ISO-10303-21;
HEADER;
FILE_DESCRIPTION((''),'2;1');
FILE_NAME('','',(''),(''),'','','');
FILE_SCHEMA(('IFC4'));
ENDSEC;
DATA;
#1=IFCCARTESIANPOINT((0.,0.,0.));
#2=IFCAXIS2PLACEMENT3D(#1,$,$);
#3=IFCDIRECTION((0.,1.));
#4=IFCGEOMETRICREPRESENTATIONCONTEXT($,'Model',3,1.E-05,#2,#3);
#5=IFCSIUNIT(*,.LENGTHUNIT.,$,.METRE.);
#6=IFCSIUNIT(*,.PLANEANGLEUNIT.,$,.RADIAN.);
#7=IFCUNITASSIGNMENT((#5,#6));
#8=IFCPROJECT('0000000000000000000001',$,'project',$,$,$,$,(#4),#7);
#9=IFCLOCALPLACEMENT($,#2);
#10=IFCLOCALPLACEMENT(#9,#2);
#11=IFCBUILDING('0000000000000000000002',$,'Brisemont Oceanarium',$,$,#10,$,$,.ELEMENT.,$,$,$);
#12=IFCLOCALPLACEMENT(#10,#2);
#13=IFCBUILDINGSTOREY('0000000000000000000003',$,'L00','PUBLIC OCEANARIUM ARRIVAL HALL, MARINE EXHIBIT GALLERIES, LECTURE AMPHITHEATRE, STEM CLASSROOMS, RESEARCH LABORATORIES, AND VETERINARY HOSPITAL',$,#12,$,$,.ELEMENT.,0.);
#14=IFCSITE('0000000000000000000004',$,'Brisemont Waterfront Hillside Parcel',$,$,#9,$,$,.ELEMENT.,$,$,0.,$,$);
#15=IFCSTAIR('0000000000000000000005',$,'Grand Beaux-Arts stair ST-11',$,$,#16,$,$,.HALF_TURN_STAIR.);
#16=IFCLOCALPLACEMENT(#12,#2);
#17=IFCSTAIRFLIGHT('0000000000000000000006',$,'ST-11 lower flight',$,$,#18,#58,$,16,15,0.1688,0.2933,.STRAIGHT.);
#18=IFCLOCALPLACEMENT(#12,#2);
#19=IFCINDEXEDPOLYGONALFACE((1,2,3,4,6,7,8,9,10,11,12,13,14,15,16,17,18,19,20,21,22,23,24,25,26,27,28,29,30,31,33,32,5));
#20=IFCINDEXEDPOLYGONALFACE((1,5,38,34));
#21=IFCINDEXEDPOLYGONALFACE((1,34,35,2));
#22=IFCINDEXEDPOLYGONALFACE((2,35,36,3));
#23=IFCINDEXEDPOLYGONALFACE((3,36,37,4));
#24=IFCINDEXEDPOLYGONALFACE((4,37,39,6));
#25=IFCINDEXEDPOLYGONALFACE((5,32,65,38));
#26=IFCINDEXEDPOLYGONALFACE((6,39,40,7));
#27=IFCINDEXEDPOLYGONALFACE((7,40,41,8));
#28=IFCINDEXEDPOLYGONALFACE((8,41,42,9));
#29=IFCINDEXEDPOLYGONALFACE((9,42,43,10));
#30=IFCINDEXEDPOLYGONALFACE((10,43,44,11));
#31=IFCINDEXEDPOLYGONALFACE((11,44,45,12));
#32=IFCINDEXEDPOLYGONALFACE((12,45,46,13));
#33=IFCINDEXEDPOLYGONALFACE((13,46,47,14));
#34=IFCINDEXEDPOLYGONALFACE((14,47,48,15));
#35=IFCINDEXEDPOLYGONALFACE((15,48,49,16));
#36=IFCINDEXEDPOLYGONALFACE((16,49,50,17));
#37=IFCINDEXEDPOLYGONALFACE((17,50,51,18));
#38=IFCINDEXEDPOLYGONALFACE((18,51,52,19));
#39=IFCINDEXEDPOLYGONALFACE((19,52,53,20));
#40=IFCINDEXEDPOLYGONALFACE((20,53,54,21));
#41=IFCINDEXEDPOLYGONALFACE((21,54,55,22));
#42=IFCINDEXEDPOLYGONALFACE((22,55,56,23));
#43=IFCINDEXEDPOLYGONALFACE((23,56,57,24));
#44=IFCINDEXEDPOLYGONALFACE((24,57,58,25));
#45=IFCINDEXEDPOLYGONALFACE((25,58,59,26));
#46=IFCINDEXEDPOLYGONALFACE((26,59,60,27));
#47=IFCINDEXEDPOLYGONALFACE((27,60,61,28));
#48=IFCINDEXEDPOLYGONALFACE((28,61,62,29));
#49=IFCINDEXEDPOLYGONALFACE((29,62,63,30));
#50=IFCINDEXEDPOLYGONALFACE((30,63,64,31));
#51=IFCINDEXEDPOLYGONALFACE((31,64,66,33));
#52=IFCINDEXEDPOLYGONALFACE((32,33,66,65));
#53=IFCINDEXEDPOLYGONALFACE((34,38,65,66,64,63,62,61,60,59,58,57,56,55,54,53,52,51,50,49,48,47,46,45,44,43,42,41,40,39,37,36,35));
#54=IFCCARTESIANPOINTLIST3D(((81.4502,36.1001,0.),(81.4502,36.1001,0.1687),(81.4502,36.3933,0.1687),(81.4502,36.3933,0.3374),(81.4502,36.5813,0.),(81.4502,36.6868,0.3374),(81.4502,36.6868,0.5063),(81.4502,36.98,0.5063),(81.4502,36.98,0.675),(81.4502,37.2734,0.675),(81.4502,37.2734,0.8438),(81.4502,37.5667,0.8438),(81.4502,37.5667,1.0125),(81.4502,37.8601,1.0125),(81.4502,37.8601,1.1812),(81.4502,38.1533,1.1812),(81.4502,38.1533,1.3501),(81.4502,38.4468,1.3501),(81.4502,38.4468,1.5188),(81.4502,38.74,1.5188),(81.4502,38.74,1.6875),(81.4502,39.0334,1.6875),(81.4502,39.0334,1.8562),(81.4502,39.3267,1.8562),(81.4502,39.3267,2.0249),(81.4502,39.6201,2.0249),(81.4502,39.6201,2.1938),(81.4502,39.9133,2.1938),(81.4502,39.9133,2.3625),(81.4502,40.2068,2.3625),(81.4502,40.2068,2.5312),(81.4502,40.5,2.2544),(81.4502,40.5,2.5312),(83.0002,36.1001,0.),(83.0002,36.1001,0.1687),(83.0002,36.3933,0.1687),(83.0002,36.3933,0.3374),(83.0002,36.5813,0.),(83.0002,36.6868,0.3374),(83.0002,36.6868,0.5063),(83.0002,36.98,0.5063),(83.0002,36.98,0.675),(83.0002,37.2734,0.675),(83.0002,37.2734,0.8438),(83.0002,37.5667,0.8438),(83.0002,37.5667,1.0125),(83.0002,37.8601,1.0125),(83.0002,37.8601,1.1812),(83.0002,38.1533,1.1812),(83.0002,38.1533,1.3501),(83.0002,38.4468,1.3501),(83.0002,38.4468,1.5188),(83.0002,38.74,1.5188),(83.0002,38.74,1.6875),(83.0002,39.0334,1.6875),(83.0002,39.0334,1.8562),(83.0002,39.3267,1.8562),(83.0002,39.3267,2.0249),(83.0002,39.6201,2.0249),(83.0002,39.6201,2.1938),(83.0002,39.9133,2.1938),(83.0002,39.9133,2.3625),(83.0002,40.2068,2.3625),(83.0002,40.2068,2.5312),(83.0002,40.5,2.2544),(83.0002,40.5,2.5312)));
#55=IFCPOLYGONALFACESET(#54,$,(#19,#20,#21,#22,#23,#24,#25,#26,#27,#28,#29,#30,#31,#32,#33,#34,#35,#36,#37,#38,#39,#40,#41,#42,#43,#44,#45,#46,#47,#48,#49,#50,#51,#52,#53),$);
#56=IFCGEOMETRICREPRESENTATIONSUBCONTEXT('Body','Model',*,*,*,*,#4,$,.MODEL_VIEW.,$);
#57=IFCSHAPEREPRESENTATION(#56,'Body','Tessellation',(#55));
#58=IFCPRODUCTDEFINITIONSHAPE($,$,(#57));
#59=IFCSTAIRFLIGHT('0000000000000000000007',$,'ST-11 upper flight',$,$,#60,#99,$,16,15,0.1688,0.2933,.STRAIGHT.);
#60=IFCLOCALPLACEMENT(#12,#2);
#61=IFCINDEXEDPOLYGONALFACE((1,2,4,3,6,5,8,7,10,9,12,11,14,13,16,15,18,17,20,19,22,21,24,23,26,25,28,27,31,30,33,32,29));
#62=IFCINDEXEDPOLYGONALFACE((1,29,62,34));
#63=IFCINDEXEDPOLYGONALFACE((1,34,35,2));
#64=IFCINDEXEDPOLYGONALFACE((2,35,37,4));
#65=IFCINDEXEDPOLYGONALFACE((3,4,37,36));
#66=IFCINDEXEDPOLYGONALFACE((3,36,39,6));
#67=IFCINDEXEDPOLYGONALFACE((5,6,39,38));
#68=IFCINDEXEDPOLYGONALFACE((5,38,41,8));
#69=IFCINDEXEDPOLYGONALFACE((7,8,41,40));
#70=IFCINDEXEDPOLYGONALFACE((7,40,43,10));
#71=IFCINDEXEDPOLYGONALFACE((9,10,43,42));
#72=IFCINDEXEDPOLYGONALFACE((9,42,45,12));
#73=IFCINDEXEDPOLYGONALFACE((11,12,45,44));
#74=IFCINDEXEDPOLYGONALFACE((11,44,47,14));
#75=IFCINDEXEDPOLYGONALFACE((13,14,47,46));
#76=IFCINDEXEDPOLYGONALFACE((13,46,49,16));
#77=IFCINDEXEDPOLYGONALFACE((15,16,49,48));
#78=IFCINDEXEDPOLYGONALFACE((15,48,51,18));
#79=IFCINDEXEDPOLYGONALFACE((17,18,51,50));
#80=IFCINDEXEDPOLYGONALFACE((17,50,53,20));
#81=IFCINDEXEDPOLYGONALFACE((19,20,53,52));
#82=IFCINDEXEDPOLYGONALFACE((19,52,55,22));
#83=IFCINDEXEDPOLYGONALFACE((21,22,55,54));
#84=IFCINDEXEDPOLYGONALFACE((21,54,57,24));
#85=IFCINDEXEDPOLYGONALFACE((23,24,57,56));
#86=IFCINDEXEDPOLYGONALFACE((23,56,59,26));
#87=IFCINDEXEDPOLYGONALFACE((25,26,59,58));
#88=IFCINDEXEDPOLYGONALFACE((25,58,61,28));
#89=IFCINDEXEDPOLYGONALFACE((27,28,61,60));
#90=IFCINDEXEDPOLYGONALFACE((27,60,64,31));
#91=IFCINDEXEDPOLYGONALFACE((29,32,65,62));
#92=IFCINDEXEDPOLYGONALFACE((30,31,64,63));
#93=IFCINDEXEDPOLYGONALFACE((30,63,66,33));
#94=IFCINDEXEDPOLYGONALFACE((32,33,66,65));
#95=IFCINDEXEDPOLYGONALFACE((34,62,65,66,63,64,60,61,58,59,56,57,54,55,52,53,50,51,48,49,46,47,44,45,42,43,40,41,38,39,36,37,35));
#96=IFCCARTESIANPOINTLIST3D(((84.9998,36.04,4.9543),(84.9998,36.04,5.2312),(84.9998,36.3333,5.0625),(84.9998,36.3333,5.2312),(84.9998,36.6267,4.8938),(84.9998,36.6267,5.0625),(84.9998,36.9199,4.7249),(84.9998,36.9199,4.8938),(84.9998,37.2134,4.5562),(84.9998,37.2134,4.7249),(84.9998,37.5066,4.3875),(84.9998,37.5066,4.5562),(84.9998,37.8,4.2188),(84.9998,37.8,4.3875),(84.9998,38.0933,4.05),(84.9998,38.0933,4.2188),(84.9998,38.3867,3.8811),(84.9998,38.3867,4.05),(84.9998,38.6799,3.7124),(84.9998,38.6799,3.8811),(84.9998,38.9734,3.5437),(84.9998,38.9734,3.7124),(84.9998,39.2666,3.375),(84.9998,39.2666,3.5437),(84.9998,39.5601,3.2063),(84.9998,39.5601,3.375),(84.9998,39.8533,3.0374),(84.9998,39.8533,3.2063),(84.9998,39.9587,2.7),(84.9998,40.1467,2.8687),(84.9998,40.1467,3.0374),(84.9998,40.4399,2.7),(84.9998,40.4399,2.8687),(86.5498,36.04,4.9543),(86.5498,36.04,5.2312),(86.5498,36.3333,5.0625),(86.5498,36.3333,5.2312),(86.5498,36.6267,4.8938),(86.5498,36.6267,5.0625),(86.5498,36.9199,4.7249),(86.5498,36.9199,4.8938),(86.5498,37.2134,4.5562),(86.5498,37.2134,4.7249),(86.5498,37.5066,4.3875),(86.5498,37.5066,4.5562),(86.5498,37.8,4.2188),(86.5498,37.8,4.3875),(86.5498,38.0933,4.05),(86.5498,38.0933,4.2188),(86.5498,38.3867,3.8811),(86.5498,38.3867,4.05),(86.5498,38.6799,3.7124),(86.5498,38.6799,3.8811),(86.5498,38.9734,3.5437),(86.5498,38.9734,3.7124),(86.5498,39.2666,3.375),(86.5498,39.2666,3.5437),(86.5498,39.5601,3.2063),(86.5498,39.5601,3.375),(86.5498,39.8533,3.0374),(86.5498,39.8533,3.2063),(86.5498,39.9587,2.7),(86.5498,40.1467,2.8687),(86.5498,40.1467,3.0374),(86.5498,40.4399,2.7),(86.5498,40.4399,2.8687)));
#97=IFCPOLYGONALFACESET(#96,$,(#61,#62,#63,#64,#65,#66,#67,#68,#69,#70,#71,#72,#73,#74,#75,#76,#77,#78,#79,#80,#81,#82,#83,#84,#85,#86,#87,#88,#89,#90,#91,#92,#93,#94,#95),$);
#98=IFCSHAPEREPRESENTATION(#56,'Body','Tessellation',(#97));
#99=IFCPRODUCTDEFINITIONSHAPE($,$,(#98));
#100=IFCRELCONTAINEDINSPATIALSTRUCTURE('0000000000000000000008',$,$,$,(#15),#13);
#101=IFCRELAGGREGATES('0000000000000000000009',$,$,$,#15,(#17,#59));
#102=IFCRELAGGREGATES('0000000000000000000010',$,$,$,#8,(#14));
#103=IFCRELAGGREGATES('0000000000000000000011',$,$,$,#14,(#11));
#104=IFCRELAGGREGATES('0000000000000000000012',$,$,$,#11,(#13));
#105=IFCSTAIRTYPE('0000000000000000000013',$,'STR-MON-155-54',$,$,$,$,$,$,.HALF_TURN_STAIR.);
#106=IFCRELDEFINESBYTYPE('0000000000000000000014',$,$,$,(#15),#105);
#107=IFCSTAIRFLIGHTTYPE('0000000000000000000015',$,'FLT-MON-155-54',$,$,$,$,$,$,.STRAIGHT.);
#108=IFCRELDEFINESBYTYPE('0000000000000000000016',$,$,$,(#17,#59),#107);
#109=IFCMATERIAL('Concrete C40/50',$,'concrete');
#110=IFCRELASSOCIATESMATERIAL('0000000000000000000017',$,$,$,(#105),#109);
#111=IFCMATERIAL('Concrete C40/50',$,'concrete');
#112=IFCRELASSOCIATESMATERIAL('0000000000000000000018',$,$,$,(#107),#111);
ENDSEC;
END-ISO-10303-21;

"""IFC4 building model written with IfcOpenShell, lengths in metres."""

from ifc_helpers import new_model, si_unit, direction, frame, origin, place, context, subcontext, project, spatial, polyline, outline, extrude, material, type_object, element, aggregate, save


model = new_model("IFC4")

# Units and contexts
model_context = context("Model", 3, precision=1e-05, world=origin(), true_north=direction((0.0, 1.0)))
body_context = subcontext(model_context, "Body", "Model", "MODEL_VIEW")
ifc_project = project(units=[si_unit("LENGTHUNIT", "METRE"), si_unit("PLANEANGLEUNIT", "RADIAN")], contexts=[model_context])

# Site, building, storey
site_placement = place(None, origin())
site = spatial("IfcSite", under=ifc_project, at=site_placement, Name="Brisemont Waterfront Hillside Parcel", CompositionType="ELEMENT", RefElevation=0.0)
building_placement = place(site_placement, origin())
building = spatial("IfcBuilding", under=site, at=building_placement, Name="Brisemont Oceanarium", CompositionType="ELEMENT")
storey_placement = place(building_placement, origin())
storey = spatial("IfcBuildingStorey", under=building, at=storey_placement, Name="L00", Description="PUBLIC OCEANARIUM ARRIVAL HALL, MARINE EXHIBIT GALLERIES, LECTURE AMPHITHEATRE, STEM CLASSROOMS, RESEARCH LABORATORIES, AND VETERINARY HOSPITAL", CompositionType="ELEMENT", Elevation=0.0)

# Stair, stair flights
ifc_material_1 = material(Name="Concrete C40/50", Category="concrete")
stair_type = type_object("IfcStairType", Name="STR-MON-155-54", PredefinedType="HALF_TURN_STAIR", material=ifc_material_1)
stair_placement = place(storey_placement, origin())
stair = element("IfcStair", 1, at=stair_placement, inside=storey, type_object=stair_type, Name="Grand Beaux-Arts stair ST-11", PredefinedType="HALF_TURN_STAIR")
ifc_material_2 = material(Name="Concrete C40/50", Category="concrete")
stair_flight_type = type_object("IfcStairFlightType", Name="FLT-MON-155-54", PredefinedType="STRAIGHT", material=ifc_material_2)
stair_flight_1_placement = place(storey_placement, frame((82.2251, 36.1001, 0.0), z_axis=(0.0, 0.0, 1.0), x_axis=(0.0, 1.0, 0.0)))
stair_flight_1 = element("IfcStairFlight", 2, at=stair_flight_1_placement, type_object=stair_flight_type, Name="ST-11 lower flight", NumberOfRisers=16, NumberOfTreads=15, PredefinedType="STRAIGHT", RiserHeight=0.1688, TreadLength=0.2933, context=body_context, shape_type="SweptSolid", body=[
    extrude(outline(polyline([(0.0, 0.0), (0.0, 0.1687), (0.2932, 0.1687), (0.2932, 0.3374), (0.5867, 0.3374), (0.5867, 0.5063), (0.8799, 0.5063), (0.8799, 0.675), (1.1733, 0.675), (1.1733, 0.8438), (1.4666, 0.8438), (1.4666, 1.0125), (1.76, 1.0125), (1.76, 1.1812), (2.0532, 1.1812), (2.0532, 1.3501), (2.3467, 1.3501), (2.3467, 1.5188), (2.6399, 1.5188), (2.6399, 1.6875), (2.9333, 1.6875), (2.9333, 1.8562), (3.2266, 1.8562), (3.2266, 2.0249), (3.52, 2.0249), (3.52, 2.1938), (3.8132, 2.1938), (3.8132, 2.3625), (4.1067, 2.3625), (4.1067, 2.5312), (4.3999, 2.5312), (4.3999, 2.7), (4.3999, 2.2544), (0.4812, 0.0), (0.0, 0.0)])), frame((0.0, 0.7749, 0.0), z_axis=(0.0, -1.0, 0.0), x_axis=(1.0, 0.0, 0.0)), (0.0, 0.0, 1.0), 1.55),
])
stair_flight_2_placement = place(storey_placement, frame((85.7749, 40.4399, 2.7), z_axis=(0.0, 0.0, 1.0), x_axis=(0.0, -1.0, 0.0)))
stair_flight_2 = element("IfcStairFlight", 3, at=stair_flight_2_placement, type_object=stair_flight_type, Name="ST-11 upper flight", NumberOfRisers=16, NumberOfTreads=15, PredefinedType="STRAIGHT", RiserHeight=0.1688, TreadLength=0.2933, context=body_context, shape_type="SweptSolid", body=[
    extrude(outline(polyline([(0.0, 0.0), (0.0, 0.1687), (0.2932, 0.1687), (0.2932, 0.3374), (0.5867, 0.3374), (0.5867, 0.5063), (0.8799, 0.5063), (0.8799, 0.675), (1.1733, 0.675), (1.1733, 0.8438), (1.4666, 0.8438), (1.4666, 1.0125), (1.76, 1.0125), (1.76, 1.1812), (2.0532, 1.1812), (2.0532, 1.3501), (2.3467, 1.3501), (2.3467, 1.5188), (2.6399, 1.5188), (2.6399, 1.6875), (2.9333, 1.6875), (2.9333, 1.8562), (3.2266, 1.8562), (3.2266, 2.0249), (3.52, 2.0249), (3.52, 2.1938), (3.8132, 2.1938), (3.8132, 2.3625), (4.1067, 2.3625), (4.1067, 2.5312), (4.3999, 2.5312), (4.3999, 2.7), (4.3999, 2.2544), (0.4812, 0.0), (0.0, 0.0)])), frame((0.0, 0.7749, 0.0), z_axis=(0.0, -1.0, 0.0), x_axis=(1.0, 0.0, 0.0)), (0.0, 0.0, 1.0), 1.55),
])
aggregate(stair, [stair_flight_1, stair_flight_2])

save(model, "model.ifc")
